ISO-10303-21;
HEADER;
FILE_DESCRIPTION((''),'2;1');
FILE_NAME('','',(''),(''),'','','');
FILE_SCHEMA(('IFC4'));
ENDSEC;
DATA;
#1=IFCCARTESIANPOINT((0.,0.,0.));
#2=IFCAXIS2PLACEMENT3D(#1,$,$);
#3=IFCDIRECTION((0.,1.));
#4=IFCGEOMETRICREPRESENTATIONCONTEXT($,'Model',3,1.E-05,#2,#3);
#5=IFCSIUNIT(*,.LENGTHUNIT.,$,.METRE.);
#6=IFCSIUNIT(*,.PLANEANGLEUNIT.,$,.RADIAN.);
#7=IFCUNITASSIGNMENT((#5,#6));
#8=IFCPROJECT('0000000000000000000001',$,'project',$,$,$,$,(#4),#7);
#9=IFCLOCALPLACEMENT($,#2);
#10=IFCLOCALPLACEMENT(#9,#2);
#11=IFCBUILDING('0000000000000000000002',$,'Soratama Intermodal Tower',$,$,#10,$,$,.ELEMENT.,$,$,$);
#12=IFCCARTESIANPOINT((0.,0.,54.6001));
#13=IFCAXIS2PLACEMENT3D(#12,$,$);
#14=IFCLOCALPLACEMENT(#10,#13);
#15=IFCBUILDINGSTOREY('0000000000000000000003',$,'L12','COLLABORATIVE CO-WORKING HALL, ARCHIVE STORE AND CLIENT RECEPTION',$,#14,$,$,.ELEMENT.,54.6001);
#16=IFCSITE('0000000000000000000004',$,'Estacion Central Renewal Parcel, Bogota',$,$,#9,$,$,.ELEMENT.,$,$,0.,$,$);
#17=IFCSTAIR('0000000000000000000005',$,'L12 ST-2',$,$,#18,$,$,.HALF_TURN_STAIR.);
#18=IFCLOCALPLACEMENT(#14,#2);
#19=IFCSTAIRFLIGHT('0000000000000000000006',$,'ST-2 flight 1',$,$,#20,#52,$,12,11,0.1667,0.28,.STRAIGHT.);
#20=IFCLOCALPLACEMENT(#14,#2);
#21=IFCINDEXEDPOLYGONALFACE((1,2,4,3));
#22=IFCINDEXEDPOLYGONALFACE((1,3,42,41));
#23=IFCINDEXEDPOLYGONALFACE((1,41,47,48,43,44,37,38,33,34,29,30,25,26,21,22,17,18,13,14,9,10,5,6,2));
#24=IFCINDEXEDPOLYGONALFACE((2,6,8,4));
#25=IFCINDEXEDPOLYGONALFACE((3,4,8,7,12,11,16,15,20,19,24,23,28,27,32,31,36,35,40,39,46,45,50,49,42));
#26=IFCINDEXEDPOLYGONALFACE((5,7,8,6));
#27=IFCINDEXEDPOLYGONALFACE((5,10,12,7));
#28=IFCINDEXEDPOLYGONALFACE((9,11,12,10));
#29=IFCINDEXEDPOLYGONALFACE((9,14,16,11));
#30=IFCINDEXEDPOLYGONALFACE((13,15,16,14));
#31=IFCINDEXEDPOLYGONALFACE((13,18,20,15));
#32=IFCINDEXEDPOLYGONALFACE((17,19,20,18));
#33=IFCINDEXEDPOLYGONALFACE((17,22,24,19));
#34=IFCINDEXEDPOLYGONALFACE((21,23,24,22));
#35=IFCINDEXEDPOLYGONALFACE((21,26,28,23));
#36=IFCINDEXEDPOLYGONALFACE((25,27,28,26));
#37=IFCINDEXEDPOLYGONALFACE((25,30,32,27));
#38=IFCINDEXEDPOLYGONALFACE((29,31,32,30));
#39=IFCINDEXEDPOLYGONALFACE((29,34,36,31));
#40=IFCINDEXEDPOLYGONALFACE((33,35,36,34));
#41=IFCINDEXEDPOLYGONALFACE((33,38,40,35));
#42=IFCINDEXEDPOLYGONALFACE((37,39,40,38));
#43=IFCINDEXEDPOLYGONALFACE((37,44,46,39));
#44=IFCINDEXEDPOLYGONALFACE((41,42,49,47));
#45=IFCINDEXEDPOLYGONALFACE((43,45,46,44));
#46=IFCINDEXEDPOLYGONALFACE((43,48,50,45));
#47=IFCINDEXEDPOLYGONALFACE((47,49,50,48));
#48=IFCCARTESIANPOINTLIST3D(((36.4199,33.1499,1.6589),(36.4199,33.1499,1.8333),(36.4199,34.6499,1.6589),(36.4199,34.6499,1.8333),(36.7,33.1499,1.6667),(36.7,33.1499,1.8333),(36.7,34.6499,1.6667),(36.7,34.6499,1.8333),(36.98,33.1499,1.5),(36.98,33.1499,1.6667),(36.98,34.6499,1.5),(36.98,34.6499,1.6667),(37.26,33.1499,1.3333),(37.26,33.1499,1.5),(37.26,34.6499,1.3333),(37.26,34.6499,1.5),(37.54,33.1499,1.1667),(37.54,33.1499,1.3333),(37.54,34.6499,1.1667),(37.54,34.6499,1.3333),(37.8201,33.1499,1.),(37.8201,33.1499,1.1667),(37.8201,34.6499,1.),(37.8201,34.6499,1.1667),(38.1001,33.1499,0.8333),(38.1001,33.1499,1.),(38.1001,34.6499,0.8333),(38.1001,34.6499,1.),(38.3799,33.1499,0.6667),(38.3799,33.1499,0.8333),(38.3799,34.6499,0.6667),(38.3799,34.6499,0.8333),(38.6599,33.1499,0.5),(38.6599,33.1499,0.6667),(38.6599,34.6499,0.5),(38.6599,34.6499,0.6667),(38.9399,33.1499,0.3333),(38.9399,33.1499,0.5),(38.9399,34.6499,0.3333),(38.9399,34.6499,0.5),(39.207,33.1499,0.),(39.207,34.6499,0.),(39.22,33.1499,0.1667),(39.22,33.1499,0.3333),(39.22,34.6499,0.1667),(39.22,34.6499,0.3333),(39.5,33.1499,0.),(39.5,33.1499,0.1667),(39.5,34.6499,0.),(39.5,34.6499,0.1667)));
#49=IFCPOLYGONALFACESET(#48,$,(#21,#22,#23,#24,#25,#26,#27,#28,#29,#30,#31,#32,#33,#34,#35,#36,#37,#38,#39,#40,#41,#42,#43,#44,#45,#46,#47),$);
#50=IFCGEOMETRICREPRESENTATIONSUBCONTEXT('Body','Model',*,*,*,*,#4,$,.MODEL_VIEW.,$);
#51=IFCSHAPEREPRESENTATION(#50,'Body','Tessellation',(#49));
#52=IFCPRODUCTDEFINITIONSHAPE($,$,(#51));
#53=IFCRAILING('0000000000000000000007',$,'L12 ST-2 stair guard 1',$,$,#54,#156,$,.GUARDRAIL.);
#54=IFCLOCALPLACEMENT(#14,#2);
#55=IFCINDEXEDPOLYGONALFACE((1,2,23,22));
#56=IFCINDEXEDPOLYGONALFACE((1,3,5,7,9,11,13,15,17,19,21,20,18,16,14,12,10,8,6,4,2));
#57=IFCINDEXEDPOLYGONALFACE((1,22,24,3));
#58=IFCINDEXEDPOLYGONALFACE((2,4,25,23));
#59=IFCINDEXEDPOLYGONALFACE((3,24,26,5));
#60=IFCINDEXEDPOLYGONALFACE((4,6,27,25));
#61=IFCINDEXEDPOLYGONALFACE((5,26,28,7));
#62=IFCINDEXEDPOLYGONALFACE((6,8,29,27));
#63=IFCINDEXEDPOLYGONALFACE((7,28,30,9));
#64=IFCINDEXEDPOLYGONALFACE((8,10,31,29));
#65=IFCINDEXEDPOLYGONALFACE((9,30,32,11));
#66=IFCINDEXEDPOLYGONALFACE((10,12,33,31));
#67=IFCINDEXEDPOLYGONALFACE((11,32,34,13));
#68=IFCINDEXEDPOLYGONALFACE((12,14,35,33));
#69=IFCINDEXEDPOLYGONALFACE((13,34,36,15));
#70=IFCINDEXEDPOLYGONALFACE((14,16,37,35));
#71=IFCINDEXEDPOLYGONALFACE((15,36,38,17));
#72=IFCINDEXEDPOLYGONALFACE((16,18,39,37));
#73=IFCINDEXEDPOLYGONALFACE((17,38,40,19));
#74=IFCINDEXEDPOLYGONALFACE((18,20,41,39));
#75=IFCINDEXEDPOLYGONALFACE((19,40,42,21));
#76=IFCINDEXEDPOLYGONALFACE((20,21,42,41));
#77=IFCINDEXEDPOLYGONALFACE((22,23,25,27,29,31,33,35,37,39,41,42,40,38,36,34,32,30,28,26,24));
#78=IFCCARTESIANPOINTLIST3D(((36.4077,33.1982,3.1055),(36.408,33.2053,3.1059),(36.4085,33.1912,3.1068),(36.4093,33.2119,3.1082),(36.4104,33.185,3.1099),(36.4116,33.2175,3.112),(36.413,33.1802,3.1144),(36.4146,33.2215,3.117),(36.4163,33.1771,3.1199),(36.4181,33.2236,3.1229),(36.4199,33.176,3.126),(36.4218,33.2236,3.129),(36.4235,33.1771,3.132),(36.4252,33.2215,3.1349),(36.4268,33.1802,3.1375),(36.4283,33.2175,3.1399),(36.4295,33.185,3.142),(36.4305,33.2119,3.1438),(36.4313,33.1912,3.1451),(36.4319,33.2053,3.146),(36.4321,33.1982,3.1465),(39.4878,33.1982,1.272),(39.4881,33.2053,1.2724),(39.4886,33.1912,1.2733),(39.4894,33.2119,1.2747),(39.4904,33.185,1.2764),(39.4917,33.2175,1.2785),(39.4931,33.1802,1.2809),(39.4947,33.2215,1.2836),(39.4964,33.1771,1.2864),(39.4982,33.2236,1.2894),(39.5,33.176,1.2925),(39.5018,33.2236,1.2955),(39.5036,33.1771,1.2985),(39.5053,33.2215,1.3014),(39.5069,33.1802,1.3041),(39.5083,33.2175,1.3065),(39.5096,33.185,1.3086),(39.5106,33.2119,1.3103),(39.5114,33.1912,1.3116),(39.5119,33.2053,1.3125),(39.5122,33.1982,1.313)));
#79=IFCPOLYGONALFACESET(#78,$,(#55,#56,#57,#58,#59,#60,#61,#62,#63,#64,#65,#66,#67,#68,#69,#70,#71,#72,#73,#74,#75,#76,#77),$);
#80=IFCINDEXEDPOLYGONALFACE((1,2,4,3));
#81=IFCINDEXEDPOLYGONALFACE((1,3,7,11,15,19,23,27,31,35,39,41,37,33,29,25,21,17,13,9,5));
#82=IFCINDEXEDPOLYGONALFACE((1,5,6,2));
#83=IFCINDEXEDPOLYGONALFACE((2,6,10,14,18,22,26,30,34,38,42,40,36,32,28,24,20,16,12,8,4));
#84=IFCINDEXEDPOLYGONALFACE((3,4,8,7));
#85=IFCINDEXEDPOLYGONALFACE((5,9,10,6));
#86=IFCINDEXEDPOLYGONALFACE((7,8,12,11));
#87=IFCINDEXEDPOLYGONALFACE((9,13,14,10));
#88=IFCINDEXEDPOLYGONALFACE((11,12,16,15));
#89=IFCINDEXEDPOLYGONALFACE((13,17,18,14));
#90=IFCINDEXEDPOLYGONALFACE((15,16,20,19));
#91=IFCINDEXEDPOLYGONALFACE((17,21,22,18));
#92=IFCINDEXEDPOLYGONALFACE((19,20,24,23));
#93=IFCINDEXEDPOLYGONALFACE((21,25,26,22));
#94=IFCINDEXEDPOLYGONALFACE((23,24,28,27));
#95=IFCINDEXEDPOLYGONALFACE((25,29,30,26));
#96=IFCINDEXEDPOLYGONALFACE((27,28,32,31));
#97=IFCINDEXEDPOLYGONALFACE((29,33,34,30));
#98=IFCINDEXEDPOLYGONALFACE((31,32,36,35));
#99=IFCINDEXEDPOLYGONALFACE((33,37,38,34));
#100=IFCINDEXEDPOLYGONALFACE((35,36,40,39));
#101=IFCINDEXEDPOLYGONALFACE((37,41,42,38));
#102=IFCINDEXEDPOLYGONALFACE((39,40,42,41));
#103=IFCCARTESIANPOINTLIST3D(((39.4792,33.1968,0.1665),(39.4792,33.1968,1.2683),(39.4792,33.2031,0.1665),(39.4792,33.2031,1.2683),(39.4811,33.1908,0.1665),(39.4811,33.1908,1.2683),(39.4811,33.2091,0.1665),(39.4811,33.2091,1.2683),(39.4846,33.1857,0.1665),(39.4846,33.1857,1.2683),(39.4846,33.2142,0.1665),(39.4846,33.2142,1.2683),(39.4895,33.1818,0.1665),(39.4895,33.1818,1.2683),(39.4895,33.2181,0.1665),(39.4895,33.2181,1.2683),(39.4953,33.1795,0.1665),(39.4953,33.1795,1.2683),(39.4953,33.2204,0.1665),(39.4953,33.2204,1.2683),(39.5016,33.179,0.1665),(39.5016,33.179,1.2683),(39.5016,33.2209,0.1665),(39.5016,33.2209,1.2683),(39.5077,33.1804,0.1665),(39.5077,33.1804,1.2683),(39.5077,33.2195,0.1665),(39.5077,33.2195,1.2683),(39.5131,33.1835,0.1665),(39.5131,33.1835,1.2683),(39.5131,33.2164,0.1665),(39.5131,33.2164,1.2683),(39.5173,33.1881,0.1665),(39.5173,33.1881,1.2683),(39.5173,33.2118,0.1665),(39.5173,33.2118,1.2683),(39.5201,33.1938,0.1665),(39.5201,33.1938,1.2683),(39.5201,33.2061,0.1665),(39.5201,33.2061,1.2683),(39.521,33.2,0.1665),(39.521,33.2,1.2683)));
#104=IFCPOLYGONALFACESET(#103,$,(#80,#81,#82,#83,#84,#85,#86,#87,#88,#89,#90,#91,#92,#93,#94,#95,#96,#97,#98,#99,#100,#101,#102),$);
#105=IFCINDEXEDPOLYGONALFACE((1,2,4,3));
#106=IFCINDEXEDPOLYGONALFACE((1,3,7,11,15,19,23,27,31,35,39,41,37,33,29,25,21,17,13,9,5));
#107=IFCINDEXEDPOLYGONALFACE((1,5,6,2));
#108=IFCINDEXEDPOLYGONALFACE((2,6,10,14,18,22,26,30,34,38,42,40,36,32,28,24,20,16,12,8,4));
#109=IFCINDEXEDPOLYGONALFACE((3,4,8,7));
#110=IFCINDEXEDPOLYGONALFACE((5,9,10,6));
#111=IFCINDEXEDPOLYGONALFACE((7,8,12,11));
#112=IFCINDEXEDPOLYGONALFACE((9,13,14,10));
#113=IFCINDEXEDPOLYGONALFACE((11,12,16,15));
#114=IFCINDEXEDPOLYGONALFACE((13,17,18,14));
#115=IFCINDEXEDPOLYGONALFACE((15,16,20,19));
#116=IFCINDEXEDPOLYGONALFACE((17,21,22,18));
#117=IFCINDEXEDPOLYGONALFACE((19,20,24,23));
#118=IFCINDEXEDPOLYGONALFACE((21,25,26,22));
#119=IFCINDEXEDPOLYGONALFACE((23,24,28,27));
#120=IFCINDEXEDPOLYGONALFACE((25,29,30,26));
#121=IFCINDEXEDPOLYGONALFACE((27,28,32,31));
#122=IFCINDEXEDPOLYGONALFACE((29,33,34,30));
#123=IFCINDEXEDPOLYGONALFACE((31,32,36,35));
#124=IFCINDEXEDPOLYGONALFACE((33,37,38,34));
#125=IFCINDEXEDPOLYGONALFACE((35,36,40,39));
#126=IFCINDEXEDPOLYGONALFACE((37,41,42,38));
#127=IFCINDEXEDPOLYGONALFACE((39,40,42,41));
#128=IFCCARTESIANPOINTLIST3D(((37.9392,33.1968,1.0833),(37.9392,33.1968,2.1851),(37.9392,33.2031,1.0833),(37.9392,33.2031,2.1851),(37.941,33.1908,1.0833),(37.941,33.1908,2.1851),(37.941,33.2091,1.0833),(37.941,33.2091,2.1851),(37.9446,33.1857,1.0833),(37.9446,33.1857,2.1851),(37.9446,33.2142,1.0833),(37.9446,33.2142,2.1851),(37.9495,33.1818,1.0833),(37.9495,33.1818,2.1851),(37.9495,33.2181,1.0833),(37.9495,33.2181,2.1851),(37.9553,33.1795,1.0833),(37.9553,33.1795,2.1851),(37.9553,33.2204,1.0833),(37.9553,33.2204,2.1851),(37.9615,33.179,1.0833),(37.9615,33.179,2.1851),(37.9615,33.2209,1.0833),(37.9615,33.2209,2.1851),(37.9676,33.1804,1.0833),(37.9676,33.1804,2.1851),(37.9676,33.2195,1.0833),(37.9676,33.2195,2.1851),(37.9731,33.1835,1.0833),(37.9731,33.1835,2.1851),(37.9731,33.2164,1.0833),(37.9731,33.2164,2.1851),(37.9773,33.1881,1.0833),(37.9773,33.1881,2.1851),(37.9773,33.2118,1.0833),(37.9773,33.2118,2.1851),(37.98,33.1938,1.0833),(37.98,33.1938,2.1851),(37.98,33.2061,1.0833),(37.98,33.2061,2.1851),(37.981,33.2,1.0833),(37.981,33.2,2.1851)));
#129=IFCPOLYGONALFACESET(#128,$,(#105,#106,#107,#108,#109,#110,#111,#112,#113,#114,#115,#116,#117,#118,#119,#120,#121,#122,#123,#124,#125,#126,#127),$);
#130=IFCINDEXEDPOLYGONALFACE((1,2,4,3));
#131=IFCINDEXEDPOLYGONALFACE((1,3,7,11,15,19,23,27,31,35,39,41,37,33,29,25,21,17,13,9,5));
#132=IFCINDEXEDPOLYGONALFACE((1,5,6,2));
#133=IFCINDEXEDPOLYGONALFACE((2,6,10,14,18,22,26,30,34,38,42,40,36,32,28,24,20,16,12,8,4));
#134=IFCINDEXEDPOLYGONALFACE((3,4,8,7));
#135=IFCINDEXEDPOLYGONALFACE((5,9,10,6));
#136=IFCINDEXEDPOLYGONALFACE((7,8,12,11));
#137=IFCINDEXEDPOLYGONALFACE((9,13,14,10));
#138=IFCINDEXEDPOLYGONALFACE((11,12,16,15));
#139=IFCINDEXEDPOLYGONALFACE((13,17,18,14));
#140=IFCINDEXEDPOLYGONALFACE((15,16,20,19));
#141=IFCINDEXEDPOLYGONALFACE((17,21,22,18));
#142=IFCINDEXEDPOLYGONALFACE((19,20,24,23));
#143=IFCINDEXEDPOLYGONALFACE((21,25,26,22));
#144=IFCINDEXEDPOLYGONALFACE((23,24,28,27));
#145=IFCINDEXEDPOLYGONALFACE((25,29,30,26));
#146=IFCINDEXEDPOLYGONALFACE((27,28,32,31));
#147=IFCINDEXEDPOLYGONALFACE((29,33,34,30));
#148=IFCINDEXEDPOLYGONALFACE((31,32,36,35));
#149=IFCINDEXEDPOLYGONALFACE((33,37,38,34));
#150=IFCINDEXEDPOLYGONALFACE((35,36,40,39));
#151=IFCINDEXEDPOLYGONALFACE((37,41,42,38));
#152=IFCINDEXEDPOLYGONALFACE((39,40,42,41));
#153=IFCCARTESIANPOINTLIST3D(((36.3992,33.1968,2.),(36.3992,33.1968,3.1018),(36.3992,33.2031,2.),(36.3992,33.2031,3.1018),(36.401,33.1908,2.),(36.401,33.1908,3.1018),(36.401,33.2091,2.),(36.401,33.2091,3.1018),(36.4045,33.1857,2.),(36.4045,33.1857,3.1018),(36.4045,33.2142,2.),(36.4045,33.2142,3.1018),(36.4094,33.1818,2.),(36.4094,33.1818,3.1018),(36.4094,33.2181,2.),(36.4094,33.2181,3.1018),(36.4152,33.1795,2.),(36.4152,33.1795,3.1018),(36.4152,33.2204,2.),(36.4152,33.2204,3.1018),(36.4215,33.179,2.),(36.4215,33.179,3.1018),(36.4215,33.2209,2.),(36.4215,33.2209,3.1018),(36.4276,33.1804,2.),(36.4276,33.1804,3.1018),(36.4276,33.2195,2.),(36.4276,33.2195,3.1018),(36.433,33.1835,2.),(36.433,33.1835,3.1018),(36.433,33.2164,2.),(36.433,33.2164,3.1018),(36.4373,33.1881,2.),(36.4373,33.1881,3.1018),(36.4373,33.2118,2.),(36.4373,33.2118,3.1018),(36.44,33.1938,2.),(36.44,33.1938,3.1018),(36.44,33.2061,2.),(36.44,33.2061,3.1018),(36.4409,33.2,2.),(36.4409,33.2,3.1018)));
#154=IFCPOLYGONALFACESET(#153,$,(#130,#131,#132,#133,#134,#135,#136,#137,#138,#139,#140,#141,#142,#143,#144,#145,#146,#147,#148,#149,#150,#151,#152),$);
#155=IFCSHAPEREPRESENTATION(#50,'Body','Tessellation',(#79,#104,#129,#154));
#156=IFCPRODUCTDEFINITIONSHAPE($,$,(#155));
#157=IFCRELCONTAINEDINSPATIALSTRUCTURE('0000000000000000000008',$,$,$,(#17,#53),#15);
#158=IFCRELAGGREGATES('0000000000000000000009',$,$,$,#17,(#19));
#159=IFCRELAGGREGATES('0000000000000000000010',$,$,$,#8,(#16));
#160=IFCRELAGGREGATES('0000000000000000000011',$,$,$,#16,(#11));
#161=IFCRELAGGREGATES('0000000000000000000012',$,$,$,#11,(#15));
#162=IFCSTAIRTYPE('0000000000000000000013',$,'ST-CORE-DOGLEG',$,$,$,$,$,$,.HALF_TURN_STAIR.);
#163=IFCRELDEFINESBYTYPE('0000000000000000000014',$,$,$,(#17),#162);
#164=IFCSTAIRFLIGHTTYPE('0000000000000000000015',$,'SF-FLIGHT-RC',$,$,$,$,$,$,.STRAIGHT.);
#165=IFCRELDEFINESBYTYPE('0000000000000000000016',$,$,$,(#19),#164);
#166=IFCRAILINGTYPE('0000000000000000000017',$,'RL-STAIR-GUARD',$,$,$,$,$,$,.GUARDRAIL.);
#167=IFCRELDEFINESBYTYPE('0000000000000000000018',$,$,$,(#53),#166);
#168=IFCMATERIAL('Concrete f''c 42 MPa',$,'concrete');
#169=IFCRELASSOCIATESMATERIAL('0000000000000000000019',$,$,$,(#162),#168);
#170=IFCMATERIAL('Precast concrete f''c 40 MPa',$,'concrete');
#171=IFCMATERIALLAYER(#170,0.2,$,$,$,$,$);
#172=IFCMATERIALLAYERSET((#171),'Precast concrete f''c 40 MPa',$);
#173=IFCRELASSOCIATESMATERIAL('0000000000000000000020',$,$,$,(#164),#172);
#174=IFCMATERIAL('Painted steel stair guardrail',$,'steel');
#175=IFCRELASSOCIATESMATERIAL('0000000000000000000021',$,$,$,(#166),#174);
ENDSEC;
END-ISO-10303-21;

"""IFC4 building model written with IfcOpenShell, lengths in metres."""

from ifc_helpers import new_model, si_unit, direction, frame, origin, origin_2d, place, context, subcontext, project, spatial, polyline, circle, outline, extrude, material, layer, layer_set, type_object, element, aggregate, save


model = new_model("IFC4")

# Units and contexts
model_context = context("Model", 3, precision=1e-05, world=origin(), true_north=direction((0.0, 1.0)))
body_context = subcontext(model_context, "Body", "Model", "MODEL_VIEW")
ifc_project = project(units=[si_unit("LENGTHUNIT", "METRE"), si_unit("PLANEANGLEUNIT", "RADIAN")], contexts=[model_context])

# Site, building, storey
site_placement = place(None, origin())
site = spatial("IfcSite", under=ifc_project, at=site_placement, Name="Estacion Central Renewal Parcel, Bogota", CompositionType="ELEMENT", RefElevation=0.0)
building_placement = place(site_placement, origin())
building = spatial("IfcBuilding", under=site, at=building_placement, Name="Soratama Intermodal Tower", CompositionType="ELEMENT")
storey_placement = place(building_placement, frame((0.0, 0.0, 54.6001)))
storey = spatial("IfcBuildingStorey", under=building, at=storey_placement, Name="L12", Description="COLLABORATIVE CO-WORKING HALL, ARCHIVE STORE AND CLIENT RECEPTION", CompositionType="ELEMENT", Elevation=54.6001)

# Stair, stair flight
ifc_material_1 = material(Name="Concrete f'c 42 MPa", Category="concrete")
stair_type = type_object("IfcStairType", Name="ST-CORE-DOGLEG", PredefinedType="HALF_TURN_STAIR", material=ifc_material_1)
stair_placement = place(storey_placement, origin())
stair = element("IfcStair", 1, at=stair_placement, inside=storey, type_object=stair_type, Name="L12 ST-2", PredefinedType="HALF_TURN_STAIR")
ifc_material_2 = material(Name="Precast concrete f'c 40 MPa", Category="concrete")
ifc_layer_1 = layer(ifc_material_2, 0.2)
ifc_layer_set_1 = layer_set([ifc_layer_1], Name="Precast concrete f'c 40 MPa")
stair_flight_type = type_object("IfcStairFlightType", Name="SF-FLIGHT-RC", PredefinedType="STRAIGHT", material=ifc_layer_set_1)
stair_flight_placement = place(storey_placement, frame((39.5, 33.8999, 0.0), z_axis=(0.0, 0.0, 1.0), x_axis=(-1.0, 0.0, 0.0)))
stair_flight = element("IfcStairFlight", 2, at=stair_flight_placement, type_object=stair_flight_type, Name="ST-2 flight 1", NumberOfRisers=12, NumberOfTreads=11, PredefinedType="STRAIGHT", RiserHeight=0.1667, TreadLength=0.28, context=body_context, shape_type="SweptSolid", body=[
    extrude(outline(polyline([(0.0, 0.0), (0.0, 0.1667), (0.28, 0.1667), (0.28, 0.3333), (0.5601, 0.3333), (0.5601, 0.5), (0.8401, 0.5), (0.8401, 0.6667), (1.1201, 0.6667), (1.1201, 0.8333), (1.3999, 0.8333), (1.3999, 1.0), (1.6799, 1.0), (1.6799, 1.1667), (1.96, 1.1667), (1.96, 1.3333), (2.24, 1.3333), (2.24, 1.5), (2.52, 1.5), (2.52, 1.6667), (2.8, 1.6667), (2.8, 1.8333), (3.0801, 1.8333), (3.0801, 2.0), (3.0801, 1.6589), (0.293, 0.0), (0.0, 0.0)])), frame((0.0, 0.75, 0.0), z_axis=(0.0, -1.0, 0.0), x_axis=(1.0, 0.0, 0.0)), (0.0, 0.0, 1.0), 1.5),
])
aggregate(stair, [stair_flight])

# Railing
ifc_material_3 = material(Name="Painted steel stair guardrail", Category="steel")
railing_type_1 = type_object("IfcRailingType", Name="RL-STAIR-GUARD", PredefinedType="GUARDRAIL", material=ifc_material_3)
railing_1_placement = place(storey_placement, frame((39.5, 33.2, 0.1665)))
element("IfcRailing", 3, at=railing_1_placement, inside=storey, type_object=railing_type_1, Name="L12 ST-2 stair guard 1", PredefinedType="GUARDRAIL", context=body_context, shape_type="SweptSolid", body=[
    extrude(circle(Radius=0.0239, at=origin_2d()), frame((0.0, 0.0, 1.126), z_axis=(-0.859279, 0.0, 0.511508), x_axis=(0.0, -1.0, 0.0)), (0.0, 0.0, 1.0), 3.5845),
    extrude(circle(Radius=0.021, at=origin_2d()), origin(), (0.0, 0.0, 1.0), 1.1018),
    extrude(circle(Radius=0.021, at=origin_2d()), frame((-1.54, 0.0, 0.9167)), (0.0, 0.0, 1.0), 1.1018),
    extrude(circle(Radius=0.021, at=origin_2d()), frame((-3.0801, 0.0, 1.8335)), (0.0, 0.0, 1.0), 1.1018),
])

save(model, "model.ifc")
